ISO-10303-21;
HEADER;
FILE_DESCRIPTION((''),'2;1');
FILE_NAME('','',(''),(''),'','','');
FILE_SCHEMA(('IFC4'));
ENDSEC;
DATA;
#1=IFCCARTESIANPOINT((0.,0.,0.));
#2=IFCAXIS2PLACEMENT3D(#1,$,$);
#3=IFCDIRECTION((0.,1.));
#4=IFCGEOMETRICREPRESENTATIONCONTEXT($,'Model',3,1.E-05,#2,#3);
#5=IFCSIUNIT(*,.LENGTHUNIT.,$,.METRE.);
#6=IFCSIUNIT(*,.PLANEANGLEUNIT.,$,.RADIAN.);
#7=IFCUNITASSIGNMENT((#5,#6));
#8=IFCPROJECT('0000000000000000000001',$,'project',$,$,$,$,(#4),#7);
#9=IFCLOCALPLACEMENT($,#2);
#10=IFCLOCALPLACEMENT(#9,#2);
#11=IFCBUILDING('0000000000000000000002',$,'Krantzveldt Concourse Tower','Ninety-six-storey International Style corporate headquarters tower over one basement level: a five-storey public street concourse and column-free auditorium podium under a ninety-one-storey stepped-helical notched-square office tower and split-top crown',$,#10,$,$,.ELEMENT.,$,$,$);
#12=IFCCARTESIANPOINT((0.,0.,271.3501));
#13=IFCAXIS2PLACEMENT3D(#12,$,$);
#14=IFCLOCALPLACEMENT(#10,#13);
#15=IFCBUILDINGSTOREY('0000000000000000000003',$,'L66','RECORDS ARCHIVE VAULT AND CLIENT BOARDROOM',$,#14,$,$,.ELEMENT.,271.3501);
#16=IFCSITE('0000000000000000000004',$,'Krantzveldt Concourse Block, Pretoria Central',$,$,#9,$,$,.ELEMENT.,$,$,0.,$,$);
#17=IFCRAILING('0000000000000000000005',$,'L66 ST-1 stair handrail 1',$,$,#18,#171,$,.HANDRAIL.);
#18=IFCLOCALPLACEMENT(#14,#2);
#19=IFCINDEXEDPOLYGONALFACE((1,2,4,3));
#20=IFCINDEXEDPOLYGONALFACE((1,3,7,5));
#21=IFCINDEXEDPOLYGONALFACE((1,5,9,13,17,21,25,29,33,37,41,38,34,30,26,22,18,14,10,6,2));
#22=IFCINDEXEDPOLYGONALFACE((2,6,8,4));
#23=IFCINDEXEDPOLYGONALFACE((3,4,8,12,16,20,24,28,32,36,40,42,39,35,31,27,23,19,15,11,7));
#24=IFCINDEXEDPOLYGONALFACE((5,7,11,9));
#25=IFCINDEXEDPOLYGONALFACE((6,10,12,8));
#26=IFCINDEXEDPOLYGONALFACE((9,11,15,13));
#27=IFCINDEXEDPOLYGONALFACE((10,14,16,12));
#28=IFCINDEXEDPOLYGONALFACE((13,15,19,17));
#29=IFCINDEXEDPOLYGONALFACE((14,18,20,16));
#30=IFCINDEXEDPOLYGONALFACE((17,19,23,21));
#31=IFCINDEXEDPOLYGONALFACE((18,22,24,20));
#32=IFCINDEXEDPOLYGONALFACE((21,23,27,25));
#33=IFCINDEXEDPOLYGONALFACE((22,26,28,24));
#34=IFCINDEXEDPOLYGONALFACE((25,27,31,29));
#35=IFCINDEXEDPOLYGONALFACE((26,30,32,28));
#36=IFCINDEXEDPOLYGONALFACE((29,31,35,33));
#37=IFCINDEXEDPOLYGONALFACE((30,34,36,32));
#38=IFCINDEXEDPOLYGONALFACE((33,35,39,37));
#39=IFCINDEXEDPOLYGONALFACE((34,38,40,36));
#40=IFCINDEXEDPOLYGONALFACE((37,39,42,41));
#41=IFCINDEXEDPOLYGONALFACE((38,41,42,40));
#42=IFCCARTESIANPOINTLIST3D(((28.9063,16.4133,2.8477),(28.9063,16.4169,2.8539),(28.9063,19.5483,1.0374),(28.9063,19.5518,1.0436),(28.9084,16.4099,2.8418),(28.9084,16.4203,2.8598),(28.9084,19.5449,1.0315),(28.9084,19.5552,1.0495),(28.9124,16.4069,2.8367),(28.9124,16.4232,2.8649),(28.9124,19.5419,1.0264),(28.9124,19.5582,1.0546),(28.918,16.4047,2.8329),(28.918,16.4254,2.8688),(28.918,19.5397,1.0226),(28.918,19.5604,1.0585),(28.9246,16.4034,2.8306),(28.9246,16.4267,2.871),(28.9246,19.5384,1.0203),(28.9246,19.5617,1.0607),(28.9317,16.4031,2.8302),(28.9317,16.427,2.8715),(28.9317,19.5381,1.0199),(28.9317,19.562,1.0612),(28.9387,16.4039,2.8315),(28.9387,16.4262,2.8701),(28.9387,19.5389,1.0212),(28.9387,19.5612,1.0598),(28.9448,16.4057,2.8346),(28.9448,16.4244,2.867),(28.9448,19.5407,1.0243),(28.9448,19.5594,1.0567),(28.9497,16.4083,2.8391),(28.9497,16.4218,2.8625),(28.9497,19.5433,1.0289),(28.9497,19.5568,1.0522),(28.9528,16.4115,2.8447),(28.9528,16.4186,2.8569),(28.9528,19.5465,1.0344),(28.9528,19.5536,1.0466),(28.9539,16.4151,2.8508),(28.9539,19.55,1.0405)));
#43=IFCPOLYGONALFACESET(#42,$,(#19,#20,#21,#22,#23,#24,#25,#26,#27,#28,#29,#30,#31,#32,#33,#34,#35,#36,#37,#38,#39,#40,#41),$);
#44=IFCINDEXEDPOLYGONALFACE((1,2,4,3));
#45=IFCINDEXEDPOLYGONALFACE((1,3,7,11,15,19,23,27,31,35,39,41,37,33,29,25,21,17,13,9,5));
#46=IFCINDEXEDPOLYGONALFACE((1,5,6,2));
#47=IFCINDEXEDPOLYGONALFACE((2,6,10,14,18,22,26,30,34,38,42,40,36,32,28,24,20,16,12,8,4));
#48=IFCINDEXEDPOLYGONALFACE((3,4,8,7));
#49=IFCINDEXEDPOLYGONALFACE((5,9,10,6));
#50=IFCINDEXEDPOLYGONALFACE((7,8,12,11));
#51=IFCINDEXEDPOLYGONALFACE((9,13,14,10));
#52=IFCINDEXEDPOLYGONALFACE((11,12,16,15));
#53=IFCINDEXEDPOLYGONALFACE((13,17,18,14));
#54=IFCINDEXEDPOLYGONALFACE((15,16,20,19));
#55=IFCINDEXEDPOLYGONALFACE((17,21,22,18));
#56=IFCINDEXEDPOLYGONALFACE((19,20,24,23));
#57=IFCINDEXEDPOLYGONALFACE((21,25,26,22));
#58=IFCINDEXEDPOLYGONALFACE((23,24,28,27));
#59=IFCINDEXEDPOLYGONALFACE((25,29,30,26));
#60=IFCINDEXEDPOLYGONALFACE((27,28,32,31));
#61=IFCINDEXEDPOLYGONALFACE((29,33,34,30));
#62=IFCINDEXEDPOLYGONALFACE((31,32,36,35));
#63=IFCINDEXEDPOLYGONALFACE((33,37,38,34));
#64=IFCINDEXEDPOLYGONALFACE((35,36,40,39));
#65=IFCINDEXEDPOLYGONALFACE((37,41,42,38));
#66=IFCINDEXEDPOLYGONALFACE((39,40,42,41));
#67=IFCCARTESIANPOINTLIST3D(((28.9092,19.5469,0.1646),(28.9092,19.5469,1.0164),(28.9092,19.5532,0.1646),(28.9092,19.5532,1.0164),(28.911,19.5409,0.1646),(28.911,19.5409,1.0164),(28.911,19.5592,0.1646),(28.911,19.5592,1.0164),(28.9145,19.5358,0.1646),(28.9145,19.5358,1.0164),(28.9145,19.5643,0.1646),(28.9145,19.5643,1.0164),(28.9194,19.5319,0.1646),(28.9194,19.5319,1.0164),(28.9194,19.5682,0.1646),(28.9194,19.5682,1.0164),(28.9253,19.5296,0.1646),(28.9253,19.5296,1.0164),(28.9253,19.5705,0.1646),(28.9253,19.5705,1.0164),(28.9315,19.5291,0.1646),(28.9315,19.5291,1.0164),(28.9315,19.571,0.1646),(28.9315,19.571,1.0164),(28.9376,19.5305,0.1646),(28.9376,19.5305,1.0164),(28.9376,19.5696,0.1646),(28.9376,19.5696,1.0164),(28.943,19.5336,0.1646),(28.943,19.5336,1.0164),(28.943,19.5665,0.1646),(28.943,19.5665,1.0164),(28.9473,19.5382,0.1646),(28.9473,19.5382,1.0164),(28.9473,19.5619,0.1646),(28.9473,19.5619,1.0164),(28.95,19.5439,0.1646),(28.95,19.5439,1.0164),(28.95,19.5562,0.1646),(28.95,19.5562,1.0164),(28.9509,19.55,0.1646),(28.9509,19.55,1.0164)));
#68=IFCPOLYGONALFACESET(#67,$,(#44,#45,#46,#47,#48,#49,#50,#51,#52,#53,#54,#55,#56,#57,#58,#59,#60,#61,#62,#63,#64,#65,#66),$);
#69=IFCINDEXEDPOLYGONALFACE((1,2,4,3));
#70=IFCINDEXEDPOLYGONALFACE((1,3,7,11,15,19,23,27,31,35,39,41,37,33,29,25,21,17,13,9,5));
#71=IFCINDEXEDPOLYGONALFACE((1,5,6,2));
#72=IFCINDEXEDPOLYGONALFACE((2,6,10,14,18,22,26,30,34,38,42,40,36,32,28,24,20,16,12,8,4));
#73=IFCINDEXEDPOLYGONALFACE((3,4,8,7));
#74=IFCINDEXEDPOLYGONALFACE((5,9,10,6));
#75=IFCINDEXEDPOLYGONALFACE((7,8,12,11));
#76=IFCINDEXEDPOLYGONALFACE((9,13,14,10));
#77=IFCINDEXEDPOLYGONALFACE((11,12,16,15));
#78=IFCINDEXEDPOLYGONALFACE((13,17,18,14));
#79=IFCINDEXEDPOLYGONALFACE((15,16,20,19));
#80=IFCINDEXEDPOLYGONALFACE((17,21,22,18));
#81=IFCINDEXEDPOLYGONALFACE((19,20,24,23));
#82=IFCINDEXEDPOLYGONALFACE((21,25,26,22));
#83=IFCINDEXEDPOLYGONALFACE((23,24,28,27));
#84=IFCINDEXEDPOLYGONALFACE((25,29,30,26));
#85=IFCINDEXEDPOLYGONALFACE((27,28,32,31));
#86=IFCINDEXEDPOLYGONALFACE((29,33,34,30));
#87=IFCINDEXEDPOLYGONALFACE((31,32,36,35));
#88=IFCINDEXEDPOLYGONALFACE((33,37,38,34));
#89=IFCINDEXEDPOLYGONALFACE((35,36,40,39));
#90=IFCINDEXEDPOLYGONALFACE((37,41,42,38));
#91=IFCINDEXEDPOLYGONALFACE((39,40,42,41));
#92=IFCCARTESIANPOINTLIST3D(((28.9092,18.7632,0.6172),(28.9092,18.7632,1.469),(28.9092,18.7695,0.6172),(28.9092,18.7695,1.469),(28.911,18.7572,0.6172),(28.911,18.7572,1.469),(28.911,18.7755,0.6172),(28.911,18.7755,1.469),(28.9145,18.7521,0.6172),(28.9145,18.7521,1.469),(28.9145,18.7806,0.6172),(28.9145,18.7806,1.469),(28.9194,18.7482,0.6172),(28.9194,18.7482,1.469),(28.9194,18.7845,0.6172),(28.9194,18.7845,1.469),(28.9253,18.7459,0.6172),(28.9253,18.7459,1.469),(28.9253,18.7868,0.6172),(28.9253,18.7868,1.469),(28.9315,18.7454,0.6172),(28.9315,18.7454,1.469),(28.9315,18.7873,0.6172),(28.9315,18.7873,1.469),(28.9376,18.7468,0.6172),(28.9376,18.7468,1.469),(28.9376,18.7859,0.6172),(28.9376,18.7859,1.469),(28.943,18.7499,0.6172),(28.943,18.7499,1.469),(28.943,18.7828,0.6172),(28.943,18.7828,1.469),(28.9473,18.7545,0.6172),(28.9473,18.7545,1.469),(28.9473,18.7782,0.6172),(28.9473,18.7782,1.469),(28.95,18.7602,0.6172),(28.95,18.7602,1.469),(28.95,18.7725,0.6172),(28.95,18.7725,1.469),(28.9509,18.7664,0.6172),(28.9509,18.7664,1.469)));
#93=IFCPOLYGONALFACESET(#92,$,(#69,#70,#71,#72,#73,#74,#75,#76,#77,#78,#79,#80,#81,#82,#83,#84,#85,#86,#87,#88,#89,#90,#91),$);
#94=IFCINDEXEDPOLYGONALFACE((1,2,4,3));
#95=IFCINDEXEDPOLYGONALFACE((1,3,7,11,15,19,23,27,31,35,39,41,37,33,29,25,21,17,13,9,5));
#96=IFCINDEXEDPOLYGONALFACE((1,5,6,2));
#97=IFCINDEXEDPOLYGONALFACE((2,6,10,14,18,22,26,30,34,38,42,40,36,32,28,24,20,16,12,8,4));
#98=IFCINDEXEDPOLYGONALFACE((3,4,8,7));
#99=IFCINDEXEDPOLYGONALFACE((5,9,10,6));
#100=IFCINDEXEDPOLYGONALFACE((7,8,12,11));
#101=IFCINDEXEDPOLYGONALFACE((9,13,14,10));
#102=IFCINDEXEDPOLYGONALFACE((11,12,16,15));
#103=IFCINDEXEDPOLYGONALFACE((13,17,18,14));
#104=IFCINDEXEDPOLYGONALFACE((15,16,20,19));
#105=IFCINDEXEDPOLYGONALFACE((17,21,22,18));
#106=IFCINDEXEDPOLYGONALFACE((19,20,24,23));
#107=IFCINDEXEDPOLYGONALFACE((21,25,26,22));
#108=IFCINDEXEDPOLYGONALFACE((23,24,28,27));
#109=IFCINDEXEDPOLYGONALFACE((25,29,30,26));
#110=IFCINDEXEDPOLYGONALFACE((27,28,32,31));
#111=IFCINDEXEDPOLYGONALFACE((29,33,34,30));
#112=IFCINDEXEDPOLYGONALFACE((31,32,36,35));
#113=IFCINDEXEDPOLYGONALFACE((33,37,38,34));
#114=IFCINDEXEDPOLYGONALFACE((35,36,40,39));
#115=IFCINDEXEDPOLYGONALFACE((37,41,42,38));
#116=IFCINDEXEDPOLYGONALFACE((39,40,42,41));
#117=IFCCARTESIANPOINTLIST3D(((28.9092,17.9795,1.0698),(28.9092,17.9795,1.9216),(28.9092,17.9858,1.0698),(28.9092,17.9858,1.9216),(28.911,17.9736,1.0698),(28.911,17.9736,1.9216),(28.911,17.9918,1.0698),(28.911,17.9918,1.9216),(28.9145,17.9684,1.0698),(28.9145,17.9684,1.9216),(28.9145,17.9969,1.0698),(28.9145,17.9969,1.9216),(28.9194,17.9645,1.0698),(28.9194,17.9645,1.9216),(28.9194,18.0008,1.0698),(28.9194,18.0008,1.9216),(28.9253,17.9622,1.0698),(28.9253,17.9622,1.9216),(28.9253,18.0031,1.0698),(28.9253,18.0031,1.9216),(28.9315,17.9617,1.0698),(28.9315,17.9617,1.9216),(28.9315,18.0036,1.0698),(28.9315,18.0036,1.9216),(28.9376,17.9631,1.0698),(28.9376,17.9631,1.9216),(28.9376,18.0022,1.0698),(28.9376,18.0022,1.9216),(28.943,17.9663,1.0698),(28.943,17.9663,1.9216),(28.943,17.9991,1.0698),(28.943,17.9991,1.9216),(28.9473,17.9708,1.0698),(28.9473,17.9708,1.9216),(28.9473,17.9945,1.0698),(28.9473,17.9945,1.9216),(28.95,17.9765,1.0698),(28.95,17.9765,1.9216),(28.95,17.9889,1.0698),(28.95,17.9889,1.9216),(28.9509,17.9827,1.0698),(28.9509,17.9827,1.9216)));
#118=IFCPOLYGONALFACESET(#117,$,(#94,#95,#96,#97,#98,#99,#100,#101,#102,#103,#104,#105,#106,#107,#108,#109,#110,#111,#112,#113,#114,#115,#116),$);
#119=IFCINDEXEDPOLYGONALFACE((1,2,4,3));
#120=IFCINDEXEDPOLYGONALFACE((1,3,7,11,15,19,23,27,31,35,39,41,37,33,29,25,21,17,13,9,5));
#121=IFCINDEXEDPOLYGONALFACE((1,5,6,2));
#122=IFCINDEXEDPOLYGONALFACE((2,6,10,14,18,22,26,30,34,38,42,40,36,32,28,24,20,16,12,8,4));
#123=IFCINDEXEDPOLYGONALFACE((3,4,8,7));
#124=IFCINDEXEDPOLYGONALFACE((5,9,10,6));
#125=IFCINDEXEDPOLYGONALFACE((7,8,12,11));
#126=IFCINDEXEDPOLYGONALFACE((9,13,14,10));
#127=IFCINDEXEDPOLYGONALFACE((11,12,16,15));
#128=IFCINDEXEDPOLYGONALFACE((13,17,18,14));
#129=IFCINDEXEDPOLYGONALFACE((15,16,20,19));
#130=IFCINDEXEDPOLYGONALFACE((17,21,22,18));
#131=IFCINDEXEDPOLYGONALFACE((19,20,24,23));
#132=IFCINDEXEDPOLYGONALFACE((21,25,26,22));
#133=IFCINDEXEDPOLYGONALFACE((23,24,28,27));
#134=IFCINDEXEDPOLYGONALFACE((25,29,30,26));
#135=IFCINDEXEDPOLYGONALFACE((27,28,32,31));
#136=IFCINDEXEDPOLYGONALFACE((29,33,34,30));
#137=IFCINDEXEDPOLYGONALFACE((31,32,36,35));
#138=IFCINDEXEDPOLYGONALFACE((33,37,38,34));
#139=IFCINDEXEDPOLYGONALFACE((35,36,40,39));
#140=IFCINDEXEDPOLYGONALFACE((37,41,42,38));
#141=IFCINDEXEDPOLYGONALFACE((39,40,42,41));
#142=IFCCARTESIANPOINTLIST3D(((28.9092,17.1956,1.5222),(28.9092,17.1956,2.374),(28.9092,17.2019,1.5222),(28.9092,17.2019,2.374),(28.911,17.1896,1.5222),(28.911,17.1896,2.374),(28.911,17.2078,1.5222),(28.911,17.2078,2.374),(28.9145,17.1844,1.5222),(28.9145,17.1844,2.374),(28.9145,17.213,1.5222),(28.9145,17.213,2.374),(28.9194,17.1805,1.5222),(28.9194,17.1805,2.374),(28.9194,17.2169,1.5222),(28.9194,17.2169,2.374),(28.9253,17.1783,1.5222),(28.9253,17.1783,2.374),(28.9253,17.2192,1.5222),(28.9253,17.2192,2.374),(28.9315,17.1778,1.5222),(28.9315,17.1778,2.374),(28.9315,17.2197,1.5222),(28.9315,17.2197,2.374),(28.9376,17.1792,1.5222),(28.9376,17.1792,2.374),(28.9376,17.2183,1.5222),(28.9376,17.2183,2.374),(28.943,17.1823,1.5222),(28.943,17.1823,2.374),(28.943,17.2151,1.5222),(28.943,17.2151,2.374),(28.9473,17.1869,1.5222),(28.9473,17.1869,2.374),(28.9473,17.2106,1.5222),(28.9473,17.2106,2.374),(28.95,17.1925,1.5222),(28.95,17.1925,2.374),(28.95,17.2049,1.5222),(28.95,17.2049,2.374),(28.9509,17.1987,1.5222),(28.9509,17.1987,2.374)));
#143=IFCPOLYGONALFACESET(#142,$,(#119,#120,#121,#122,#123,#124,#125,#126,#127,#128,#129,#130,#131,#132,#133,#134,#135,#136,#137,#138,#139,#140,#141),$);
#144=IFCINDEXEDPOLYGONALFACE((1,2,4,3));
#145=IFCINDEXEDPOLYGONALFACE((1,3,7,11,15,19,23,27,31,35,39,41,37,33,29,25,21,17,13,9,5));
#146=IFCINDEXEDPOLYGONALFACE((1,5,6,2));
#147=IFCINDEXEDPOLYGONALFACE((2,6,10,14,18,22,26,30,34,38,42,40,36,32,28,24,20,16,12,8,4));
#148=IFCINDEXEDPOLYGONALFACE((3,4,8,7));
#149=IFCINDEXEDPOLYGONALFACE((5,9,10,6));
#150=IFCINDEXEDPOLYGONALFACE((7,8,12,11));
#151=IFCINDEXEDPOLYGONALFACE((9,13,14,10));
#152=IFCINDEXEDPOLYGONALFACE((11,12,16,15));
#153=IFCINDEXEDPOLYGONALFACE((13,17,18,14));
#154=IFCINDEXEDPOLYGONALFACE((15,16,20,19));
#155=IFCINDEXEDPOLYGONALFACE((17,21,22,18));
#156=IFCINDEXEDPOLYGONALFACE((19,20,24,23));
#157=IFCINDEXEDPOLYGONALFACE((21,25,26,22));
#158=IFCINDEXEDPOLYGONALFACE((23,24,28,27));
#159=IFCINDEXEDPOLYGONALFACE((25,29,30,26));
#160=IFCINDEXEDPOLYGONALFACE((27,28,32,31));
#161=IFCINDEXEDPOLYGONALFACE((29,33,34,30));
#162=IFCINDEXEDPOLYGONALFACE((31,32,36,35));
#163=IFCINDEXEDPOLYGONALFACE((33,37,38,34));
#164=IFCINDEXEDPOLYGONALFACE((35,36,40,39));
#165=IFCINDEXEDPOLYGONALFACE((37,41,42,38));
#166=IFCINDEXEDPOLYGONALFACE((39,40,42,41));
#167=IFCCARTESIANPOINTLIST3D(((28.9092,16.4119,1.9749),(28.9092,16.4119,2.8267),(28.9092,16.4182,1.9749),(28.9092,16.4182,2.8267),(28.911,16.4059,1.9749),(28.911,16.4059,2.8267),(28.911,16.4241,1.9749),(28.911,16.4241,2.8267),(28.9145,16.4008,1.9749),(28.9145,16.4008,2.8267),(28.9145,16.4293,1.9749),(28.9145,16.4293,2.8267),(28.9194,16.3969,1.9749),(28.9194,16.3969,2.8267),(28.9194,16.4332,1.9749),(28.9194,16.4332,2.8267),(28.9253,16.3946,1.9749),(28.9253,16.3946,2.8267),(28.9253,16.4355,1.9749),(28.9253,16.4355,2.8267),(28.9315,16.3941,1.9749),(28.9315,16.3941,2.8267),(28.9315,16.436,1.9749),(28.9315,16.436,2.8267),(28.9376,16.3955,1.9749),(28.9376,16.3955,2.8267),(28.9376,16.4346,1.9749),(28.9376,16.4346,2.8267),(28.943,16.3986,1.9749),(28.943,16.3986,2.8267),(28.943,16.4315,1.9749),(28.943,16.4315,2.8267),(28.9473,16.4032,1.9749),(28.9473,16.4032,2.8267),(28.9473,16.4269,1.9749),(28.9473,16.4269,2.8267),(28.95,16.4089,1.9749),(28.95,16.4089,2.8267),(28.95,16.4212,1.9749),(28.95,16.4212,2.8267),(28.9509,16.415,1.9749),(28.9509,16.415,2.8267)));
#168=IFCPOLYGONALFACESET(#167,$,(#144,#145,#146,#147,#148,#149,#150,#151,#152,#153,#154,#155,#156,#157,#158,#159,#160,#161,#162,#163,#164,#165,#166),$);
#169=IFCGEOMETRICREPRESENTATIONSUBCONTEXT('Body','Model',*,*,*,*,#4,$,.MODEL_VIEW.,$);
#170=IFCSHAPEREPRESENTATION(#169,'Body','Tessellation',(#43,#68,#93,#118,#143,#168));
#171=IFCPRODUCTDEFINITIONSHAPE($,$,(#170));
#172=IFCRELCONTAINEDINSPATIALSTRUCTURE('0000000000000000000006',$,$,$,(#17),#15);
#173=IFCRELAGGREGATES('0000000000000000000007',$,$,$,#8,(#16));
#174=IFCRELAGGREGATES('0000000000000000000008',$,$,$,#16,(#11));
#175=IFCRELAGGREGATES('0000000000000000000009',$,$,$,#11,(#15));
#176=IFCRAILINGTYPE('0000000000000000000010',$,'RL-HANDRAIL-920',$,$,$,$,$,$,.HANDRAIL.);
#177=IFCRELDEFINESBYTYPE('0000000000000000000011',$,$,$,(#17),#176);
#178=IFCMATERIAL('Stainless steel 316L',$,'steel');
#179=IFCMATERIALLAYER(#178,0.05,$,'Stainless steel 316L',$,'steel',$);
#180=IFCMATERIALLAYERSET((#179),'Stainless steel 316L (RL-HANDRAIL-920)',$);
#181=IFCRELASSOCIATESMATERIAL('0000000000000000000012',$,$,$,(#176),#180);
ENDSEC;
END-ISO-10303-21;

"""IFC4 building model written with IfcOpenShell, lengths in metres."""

from ifc_helpers import new_model, si_unit, direction, frame, origin, origin_2d, place, context, subcontext, project, spatial, circle, extrude, material, layer, layer_set, type_object, element, save


model = new_model("IFC4")

# Units and contexts
model_context = context("Model", 3, precision=1e-05, world=origin(), true_north=direction((0.0, 1.0)))
body_context = subcontext(model_context, "Body", "Model", "MODEL_VIEW")
ifc_project = project(units=[si_unit("LENGTHUNIT", "METRE"), si_unit("PLANEANGLEUNIT", "RADIAN")], contexts=[model_context])

# Site, building, storey
site_placement = place(None, origin())
site = spatial("IfcSite", under=ifc_project, at=site_placement, Name="Krantzveldt Concourse Block, Pretoria Central", CompositionType="ELEMENT", RefElevation=0.0)
building_placement = place(site_placement, origin())
building = spatial("IfcBuilding", under=site, at=building_placement, Name="Krantzveldt Concourse Tower", Description="Ninety-six-storey International Style corporate headquarters tower over one basement level: a five-storey public street concourse and column-free auditorium podium under a ninety-one-storey stepped-helical notched-square office tower and split-top crown", CompositionType="ELEMENT")
storey_placement = place(building_placement, frame((0.0, 0.0, 271.3501)))
storey = spatial("IfcBuildingStorey", under=building, at=storey_placement, Name="L66", Description="RECORDS ARCHIVE VAULT AND CLIENT BOARDROOM", CompositionType="ELEMENT", Elevation=271.3501)

# Railing
ifc_material_1 = material(Name="Stainless steel 316L", Category="steel")
ifc_layer_1 = layer(ifc_material_1, 0.05, Name="Stainless steel 316L", Category="steel")
ifc_layer_set_1 = layer_set([ifc_layer_1], Name="Stainless steel 316L (RL-HANDRAIL-920)")
railing_type_1 = type_object("IfcRailingType", Name="RL-HANDRAIL-920", PredefinedType="HANDRAIL", material=ifc_layer_set_1)
railing_1_placement = place(storey_placement, frame((28.9299, 19.55, 0.1646)))
element("IfcRailing", 1, at=railing_1_placement, inside=storey, type_object=railing_type_1, Name="L66 ST-1 stair handrail 1", PredefinedType="HANDRAIL", context=body_context, shape_type="SweptSolid", body=[
    extrude(circle(Radius=0.0239, at=origin_2d()), frame((0.0, 0.0, 0.876), z_axis=(0.0, -0.865989, 0.500063), x_axis=(1.0, 0.0, 0.0)), (0.0, 0.0, 1.0), 3.6201),
    extrude(circle(Radius=0.021, at=origin_2d()), origin(), (0.0, 0.0, 1.0), 0.8518),
    extrude(circle(Radius=0.021, at=origin_2d()), frame((0.0, -0.7837, 0.4526)), (0.0, 0.0, 1.0), 0.8518),
    extrude(circle(Radius=0.021, at=origin_2d()), frame((0.0, -1.5674, 0.9053)), (0.0, 0.0, 1.0), 0.8518),
    extrude(circle(Radius=0.021, at=origin_2d()), frame((0.0, -2.3513, 1.3577)), (0.0, 0.0, 1.0), 0.8518),
    extrude(circle(Radius=0.021, at=origin_2d()), frame((0.0, -3.135, 1.8103)), (0.0, 0.0, 1.0), 0.8518),
])

save(model, "model.ifc")
